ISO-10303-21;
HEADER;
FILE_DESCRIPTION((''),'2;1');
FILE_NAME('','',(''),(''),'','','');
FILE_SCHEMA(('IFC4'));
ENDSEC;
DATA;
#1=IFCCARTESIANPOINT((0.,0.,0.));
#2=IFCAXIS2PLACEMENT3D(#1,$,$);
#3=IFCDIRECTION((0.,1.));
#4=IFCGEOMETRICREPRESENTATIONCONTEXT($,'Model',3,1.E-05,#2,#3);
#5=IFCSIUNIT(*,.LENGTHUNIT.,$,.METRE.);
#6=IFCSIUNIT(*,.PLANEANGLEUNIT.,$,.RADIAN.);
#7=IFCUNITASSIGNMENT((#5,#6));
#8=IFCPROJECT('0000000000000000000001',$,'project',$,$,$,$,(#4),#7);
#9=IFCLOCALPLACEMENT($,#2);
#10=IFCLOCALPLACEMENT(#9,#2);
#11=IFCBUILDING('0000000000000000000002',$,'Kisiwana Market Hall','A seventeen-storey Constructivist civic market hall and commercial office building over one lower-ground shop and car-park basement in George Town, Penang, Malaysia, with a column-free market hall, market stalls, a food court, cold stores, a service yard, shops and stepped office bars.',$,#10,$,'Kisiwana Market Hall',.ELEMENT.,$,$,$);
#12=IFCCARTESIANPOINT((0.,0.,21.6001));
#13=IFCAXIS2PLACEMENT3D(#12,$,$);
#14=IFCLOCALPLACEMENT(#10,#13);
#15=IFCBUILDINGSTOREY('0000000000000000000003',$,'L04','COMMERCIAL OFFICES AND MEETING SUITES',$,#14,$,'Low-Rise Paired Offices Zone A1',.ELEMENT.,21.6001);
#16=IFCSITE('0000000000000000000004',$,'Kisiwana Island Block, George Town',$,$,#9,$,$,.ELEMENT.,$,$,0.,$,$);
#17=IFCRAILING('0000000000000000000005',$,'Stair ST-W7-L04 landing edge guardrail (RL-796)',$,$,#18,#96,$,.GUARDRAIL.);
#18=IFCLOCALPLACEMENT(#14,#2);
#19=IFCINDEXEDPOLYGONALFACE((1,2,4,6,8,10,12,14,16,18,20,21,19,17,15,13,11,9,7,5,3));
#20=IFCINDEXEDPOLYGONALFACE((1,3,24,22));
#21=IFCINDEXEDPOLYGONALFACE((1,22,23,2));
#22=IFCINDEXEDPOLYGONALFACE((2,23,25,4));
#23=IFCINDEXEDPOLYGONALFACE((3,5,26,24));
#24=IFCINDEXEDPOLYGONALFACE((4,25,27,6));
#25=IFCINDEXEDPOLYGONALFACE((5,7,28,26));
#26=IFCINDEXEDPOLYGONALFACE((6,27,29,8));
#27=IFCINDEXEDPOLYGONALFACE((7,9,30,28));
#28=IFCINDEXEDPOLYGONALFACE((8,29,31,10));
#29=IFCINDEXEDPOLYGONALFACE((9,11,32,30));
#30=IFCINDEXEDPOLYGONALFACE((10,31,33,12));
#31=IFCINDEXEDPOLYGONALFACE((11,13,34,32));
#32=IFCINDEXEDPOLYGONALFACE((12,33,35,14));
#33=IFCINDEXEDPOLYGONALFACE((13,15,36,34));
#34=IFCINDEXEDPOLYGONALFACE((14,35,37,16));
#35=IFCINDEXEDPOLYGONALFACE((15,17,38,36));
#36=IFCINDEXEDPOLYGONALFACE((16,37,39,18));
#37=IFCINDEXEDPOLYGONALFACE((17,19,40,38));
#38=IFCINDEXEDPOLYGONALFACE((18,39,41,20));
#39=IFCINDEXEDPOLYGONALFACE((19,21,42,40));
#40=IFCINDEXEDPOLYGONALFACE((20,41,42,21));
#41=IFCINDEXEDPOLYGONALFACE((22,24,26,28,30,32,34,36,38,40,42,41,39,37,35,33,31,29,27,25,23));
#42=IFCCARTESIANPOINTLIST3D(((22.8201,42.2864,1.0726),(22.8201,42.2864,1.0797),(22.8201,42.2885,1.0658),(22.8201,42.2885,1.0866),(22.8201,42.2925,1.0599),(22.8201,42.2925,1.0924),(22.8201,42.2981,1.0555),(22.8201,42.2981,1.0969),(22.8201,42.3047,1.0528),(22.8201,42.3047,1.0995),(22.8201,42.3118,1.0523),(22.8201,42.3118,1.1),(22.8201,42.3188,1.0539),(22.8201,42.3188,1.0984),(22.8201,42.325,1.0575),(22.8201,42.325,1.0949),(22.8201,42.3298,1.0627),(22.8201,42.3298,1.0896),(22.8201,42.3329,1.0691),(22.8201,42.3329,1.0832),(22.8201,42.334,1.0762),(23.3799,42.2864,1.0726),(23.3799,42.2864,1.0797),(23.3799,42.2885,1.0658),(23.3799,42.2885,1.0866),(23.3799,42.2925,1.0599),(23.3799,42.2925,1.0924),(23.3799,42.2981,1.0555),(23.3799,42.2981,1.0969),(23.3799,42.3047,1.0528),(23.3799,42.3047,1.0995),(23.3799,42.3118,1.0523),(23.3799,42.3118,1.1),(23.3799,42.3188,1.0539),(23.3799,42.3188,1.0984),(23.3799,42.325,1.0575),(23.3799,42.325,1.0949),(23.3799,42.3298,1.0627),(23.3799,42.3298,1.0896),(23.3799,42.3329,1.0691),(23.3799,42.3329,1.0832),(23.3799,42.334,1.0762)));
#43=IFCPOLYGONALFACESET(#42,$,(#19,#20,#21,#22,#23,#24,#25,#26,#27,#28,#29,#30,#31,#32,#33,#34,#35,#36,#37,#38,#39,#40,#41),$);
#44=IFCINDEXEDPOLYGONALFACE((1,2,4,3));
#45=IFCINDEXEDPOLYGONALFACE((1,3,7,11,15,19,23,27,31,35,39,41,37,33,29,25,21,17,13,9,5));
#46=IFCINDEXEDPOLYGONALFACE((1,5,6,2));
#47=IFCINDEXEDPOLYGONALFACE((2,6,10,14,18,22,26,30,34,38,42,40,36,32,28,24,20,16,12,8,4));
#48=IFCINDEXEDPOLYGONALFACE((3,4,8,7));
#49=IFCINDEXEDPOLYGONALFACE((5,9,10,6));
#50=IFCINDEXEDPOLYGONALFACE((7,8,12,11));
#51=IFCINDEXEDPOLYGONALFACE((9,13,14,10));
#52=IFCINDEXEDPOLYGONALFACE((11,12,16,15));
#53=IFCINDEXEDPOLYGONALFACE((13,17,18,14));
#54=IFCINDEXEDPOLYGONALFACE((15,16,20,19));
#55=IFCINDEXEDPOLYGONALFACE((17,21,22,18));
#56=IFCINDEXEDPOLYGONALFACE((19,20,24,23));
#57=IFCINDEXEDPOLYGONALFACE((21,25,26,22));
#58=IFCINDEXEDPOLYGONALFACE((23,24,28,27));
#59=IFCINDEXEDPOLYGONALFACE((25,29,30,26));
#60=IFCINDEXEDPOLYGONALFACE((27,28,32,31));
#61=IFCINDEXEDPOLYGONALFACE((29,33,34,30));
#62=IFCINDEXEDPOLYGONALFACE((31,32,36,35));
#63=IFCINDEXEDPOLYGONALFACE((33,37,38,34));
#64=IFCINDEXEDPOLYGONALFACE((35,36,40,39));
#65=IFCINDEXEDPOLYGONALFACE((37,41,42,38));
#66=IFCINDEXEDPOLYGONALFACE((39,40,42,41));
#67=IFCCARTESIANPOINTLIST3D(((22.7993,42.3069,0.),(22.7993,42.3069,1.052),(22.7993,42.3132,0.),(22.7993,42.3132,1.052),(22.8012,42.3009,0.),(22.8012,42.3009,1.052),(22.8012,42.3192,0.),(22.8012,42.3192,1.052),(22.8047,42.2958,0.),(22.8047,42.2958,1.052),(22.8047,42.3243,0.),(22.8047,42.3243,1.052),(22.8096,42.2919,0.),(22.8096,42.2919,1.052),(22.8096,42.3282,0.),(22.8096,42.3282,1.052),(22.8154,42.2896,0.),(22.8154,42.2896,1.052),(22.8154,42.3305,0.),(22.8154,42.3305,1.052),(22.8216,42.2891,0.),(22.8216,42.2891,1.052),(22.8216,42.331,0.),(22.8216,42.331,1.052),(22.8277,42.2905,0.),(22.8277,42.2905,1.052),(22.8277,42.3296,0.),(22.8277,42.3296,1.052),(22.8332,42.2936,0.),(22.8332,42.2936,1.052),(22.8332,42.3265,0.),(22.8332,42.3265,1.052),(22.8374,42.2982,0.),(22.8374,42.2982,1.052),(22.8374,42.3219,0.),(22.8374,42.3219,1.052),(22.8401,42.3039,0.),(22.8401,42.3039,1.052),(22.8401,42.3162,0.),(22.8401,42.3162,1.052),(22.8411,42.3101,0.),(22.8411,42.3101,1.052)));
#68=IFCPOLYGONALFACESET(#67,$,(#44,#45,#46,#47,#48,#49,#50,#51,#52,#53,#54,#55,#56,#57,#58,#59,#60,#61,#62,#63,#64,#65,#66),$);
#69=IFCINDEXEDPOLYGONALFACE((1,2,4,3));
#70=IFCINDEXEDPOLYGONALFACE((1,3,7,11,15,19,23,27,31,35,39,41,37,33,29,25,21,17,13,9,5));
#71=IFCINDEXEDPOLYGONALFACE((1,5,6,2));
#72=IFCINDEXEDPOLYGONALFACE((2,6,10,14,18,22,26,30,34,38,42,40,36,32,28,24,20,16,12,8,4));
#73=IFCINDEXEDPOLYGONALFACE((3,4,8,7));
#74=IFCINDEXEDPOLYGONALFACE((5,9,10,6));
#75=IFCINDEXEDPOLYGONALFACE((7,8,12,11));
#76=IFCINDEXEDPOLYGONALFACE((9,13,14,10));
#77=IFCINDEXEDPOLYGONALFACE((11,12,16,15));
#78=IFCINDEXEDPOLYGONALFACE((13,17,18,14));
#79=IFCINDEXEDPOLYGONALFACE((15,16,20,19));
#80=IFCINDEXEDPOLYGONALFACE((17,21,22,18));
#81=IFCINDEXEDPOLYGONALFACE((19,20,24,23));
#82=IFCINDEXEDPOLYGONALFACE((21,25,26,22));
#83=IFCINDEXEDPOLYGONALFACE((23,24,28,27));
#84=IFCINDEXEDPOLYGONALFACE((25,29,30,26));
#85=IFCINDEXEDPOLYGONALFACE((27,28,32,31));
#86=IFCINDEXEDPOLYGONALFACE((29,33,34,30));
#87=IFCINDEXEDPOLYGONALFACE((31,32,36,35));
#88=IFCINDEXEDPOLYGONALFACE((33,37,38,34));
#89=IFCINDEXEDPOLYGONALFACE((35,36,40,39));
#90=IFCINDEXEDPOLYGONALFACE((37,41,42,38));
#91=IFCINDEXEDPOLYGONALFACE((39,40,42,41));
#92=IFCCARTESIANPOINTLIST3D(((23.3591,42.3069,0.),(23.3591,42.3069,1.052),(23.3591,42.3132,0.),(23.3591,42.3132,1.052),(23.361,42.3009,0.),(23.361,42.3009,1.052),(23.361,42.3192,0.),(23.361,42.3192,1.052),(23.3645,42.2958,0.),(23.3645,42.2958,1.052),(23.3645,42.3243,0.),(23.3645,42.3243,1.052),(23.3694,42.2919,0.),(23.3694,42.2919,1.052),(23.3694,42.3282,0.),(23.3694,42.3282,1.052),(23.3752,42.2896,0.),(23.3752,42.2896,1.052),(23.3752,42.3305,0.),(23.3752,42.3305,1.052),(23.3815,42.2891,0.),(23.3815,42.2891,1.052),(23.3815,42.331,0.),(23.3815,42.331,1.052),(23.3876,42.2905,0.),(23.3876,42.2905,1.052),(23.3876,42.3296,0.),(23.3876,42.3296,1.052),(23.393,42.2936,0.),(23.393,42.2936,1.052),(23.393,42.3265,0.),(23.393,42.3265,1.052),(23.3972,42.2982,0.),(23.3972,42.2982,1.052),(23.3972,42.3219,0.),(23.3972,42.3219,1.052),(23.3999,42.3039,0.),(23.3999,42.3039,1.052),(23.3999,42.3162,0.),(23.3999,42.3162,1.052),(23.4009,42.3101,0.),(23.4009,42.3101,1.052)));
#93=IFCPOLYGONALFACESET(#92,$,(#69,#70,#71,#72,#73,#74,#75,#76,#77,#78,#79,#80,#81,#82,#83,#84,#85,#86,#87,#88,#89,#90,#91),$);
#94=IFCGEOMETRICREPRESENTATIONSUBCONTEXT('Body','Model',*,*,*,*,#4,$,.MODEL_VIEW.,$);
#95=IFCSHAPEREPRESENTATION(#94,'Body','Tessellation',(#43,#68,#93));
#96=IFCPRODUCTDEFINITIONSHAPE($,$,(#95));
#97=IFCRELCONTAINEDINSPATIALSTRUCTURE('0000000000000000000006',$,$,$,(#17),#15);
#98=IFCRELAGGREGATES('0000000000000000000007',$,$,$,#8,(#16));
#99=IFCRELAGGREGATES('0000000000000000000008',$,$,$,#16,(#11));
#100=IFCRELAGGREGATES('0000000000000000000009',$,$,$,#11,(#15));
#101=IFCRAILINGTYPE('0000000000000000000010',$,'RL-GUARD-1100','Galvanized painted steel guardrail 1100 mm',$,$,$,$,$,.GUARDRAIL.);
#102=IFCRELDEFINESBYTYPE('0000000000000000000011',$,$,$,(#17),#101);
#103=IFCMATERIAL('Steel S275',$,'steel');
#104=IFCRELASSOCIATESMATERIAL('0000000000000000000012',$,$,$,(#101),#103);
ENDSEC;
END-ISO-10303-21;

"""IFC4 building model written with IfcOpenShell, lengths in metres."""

from ifc_helpers import new_model, si_unit, direction, frame, origin, origin_2d, place, context, subcontext, project, spatial, circle, extrude, material, type_object, element, save


model = new_model("IFC4")

# Units and contexts
model_context = context("Model", 3, precision=1e-05, world=origin(), true_north=direction((0.0, 1.0)))
body_context = subcontext(model_context, "Body", "Model", "MODEL_VIEW")
ifc_project = project(units=[si_unit("LENGTHUNIT", "METRE"), si_unit("PLANEANGLEUNIT", "RADIAN")], contexts=[model_context])

# Site, building, storey
site_placement = place(None, origin())
site = spatial("IfcSite", under=ifc_project, at=site_placement, Name="Kisiwana Island Block, George Town", CompositionType="ELEMENT", RefElevation=0.0)
building_placement = place(site_placement, origin())
building = spatial("IfcBuilding", under=site, at=building_placement, Name="Kisiwana Market Hall", Description="A seventeen-storey Constructivist civic market hall and commercial office building over one lower-ground shop and car-park basement in George Town, Penang, Malaysia, with a column-free market hall, market stalls, a food court, cold stores, a service yard, shops and stepped office bars.", LongName="Kisiwana Market Hall", CompositionType="ELEMENT")
storey_placement = place(building_placement, frame((0.0, 0.0, 21.6001)))
storey = spatial("IfcBuildingStorey", under=building, at=storey_placement, Name="L04", Description="COMMERCIAL OFFICES AND MEETING SUITES", LongName="Low-Rise Paired Offices Zone A1", CompositionType="ELEMENT", Elevation=21.6001)

# Railing
ifc_material_1 = material(Name="Steel S275", Category="steel")
railing_type_1 = type_object("IfcRailingType", Name="RL-GUARD-1100", Description="Galvanized painted steel guardrail 1100 mm", PredefinedType="GUARDRAIL", material=ifc_material_1)
railing_1_placement = place(storey_placement, frame((22.8201, 42.3101, 0.0)))
element("IfcRailing", 1, at=railing_1_placement, inside=storey, type_object=railing_type_1, Name="Stair ST-W7-L04 landing edge guardrail (RL-796)", PredefinedType="GUARDRAIL", context=body_context, shape_type="SweptSolid", body=[
    extrude(circle(Radius=0.0239, at=origin_2d()), frame((0.0, 0.0, 1.0762), z_axis=(1.0, 0.0, 0.0), x_axis=(0.0, 1.0, 0.0)), (0.0, 0.0, 1.0), 0.5598),
    extrude(circle(Radius=0.021, at=origin_2d()), origin(), (0.0, 0.0, 1.0), 1.052),
    extrude(circle(Radius=0.021, at=origin_2d()), frame((0.5598, 0.0, 0.0)), (0.0, 0.0, 1.0), 1.052),
])

save(model, "model.ifc")
